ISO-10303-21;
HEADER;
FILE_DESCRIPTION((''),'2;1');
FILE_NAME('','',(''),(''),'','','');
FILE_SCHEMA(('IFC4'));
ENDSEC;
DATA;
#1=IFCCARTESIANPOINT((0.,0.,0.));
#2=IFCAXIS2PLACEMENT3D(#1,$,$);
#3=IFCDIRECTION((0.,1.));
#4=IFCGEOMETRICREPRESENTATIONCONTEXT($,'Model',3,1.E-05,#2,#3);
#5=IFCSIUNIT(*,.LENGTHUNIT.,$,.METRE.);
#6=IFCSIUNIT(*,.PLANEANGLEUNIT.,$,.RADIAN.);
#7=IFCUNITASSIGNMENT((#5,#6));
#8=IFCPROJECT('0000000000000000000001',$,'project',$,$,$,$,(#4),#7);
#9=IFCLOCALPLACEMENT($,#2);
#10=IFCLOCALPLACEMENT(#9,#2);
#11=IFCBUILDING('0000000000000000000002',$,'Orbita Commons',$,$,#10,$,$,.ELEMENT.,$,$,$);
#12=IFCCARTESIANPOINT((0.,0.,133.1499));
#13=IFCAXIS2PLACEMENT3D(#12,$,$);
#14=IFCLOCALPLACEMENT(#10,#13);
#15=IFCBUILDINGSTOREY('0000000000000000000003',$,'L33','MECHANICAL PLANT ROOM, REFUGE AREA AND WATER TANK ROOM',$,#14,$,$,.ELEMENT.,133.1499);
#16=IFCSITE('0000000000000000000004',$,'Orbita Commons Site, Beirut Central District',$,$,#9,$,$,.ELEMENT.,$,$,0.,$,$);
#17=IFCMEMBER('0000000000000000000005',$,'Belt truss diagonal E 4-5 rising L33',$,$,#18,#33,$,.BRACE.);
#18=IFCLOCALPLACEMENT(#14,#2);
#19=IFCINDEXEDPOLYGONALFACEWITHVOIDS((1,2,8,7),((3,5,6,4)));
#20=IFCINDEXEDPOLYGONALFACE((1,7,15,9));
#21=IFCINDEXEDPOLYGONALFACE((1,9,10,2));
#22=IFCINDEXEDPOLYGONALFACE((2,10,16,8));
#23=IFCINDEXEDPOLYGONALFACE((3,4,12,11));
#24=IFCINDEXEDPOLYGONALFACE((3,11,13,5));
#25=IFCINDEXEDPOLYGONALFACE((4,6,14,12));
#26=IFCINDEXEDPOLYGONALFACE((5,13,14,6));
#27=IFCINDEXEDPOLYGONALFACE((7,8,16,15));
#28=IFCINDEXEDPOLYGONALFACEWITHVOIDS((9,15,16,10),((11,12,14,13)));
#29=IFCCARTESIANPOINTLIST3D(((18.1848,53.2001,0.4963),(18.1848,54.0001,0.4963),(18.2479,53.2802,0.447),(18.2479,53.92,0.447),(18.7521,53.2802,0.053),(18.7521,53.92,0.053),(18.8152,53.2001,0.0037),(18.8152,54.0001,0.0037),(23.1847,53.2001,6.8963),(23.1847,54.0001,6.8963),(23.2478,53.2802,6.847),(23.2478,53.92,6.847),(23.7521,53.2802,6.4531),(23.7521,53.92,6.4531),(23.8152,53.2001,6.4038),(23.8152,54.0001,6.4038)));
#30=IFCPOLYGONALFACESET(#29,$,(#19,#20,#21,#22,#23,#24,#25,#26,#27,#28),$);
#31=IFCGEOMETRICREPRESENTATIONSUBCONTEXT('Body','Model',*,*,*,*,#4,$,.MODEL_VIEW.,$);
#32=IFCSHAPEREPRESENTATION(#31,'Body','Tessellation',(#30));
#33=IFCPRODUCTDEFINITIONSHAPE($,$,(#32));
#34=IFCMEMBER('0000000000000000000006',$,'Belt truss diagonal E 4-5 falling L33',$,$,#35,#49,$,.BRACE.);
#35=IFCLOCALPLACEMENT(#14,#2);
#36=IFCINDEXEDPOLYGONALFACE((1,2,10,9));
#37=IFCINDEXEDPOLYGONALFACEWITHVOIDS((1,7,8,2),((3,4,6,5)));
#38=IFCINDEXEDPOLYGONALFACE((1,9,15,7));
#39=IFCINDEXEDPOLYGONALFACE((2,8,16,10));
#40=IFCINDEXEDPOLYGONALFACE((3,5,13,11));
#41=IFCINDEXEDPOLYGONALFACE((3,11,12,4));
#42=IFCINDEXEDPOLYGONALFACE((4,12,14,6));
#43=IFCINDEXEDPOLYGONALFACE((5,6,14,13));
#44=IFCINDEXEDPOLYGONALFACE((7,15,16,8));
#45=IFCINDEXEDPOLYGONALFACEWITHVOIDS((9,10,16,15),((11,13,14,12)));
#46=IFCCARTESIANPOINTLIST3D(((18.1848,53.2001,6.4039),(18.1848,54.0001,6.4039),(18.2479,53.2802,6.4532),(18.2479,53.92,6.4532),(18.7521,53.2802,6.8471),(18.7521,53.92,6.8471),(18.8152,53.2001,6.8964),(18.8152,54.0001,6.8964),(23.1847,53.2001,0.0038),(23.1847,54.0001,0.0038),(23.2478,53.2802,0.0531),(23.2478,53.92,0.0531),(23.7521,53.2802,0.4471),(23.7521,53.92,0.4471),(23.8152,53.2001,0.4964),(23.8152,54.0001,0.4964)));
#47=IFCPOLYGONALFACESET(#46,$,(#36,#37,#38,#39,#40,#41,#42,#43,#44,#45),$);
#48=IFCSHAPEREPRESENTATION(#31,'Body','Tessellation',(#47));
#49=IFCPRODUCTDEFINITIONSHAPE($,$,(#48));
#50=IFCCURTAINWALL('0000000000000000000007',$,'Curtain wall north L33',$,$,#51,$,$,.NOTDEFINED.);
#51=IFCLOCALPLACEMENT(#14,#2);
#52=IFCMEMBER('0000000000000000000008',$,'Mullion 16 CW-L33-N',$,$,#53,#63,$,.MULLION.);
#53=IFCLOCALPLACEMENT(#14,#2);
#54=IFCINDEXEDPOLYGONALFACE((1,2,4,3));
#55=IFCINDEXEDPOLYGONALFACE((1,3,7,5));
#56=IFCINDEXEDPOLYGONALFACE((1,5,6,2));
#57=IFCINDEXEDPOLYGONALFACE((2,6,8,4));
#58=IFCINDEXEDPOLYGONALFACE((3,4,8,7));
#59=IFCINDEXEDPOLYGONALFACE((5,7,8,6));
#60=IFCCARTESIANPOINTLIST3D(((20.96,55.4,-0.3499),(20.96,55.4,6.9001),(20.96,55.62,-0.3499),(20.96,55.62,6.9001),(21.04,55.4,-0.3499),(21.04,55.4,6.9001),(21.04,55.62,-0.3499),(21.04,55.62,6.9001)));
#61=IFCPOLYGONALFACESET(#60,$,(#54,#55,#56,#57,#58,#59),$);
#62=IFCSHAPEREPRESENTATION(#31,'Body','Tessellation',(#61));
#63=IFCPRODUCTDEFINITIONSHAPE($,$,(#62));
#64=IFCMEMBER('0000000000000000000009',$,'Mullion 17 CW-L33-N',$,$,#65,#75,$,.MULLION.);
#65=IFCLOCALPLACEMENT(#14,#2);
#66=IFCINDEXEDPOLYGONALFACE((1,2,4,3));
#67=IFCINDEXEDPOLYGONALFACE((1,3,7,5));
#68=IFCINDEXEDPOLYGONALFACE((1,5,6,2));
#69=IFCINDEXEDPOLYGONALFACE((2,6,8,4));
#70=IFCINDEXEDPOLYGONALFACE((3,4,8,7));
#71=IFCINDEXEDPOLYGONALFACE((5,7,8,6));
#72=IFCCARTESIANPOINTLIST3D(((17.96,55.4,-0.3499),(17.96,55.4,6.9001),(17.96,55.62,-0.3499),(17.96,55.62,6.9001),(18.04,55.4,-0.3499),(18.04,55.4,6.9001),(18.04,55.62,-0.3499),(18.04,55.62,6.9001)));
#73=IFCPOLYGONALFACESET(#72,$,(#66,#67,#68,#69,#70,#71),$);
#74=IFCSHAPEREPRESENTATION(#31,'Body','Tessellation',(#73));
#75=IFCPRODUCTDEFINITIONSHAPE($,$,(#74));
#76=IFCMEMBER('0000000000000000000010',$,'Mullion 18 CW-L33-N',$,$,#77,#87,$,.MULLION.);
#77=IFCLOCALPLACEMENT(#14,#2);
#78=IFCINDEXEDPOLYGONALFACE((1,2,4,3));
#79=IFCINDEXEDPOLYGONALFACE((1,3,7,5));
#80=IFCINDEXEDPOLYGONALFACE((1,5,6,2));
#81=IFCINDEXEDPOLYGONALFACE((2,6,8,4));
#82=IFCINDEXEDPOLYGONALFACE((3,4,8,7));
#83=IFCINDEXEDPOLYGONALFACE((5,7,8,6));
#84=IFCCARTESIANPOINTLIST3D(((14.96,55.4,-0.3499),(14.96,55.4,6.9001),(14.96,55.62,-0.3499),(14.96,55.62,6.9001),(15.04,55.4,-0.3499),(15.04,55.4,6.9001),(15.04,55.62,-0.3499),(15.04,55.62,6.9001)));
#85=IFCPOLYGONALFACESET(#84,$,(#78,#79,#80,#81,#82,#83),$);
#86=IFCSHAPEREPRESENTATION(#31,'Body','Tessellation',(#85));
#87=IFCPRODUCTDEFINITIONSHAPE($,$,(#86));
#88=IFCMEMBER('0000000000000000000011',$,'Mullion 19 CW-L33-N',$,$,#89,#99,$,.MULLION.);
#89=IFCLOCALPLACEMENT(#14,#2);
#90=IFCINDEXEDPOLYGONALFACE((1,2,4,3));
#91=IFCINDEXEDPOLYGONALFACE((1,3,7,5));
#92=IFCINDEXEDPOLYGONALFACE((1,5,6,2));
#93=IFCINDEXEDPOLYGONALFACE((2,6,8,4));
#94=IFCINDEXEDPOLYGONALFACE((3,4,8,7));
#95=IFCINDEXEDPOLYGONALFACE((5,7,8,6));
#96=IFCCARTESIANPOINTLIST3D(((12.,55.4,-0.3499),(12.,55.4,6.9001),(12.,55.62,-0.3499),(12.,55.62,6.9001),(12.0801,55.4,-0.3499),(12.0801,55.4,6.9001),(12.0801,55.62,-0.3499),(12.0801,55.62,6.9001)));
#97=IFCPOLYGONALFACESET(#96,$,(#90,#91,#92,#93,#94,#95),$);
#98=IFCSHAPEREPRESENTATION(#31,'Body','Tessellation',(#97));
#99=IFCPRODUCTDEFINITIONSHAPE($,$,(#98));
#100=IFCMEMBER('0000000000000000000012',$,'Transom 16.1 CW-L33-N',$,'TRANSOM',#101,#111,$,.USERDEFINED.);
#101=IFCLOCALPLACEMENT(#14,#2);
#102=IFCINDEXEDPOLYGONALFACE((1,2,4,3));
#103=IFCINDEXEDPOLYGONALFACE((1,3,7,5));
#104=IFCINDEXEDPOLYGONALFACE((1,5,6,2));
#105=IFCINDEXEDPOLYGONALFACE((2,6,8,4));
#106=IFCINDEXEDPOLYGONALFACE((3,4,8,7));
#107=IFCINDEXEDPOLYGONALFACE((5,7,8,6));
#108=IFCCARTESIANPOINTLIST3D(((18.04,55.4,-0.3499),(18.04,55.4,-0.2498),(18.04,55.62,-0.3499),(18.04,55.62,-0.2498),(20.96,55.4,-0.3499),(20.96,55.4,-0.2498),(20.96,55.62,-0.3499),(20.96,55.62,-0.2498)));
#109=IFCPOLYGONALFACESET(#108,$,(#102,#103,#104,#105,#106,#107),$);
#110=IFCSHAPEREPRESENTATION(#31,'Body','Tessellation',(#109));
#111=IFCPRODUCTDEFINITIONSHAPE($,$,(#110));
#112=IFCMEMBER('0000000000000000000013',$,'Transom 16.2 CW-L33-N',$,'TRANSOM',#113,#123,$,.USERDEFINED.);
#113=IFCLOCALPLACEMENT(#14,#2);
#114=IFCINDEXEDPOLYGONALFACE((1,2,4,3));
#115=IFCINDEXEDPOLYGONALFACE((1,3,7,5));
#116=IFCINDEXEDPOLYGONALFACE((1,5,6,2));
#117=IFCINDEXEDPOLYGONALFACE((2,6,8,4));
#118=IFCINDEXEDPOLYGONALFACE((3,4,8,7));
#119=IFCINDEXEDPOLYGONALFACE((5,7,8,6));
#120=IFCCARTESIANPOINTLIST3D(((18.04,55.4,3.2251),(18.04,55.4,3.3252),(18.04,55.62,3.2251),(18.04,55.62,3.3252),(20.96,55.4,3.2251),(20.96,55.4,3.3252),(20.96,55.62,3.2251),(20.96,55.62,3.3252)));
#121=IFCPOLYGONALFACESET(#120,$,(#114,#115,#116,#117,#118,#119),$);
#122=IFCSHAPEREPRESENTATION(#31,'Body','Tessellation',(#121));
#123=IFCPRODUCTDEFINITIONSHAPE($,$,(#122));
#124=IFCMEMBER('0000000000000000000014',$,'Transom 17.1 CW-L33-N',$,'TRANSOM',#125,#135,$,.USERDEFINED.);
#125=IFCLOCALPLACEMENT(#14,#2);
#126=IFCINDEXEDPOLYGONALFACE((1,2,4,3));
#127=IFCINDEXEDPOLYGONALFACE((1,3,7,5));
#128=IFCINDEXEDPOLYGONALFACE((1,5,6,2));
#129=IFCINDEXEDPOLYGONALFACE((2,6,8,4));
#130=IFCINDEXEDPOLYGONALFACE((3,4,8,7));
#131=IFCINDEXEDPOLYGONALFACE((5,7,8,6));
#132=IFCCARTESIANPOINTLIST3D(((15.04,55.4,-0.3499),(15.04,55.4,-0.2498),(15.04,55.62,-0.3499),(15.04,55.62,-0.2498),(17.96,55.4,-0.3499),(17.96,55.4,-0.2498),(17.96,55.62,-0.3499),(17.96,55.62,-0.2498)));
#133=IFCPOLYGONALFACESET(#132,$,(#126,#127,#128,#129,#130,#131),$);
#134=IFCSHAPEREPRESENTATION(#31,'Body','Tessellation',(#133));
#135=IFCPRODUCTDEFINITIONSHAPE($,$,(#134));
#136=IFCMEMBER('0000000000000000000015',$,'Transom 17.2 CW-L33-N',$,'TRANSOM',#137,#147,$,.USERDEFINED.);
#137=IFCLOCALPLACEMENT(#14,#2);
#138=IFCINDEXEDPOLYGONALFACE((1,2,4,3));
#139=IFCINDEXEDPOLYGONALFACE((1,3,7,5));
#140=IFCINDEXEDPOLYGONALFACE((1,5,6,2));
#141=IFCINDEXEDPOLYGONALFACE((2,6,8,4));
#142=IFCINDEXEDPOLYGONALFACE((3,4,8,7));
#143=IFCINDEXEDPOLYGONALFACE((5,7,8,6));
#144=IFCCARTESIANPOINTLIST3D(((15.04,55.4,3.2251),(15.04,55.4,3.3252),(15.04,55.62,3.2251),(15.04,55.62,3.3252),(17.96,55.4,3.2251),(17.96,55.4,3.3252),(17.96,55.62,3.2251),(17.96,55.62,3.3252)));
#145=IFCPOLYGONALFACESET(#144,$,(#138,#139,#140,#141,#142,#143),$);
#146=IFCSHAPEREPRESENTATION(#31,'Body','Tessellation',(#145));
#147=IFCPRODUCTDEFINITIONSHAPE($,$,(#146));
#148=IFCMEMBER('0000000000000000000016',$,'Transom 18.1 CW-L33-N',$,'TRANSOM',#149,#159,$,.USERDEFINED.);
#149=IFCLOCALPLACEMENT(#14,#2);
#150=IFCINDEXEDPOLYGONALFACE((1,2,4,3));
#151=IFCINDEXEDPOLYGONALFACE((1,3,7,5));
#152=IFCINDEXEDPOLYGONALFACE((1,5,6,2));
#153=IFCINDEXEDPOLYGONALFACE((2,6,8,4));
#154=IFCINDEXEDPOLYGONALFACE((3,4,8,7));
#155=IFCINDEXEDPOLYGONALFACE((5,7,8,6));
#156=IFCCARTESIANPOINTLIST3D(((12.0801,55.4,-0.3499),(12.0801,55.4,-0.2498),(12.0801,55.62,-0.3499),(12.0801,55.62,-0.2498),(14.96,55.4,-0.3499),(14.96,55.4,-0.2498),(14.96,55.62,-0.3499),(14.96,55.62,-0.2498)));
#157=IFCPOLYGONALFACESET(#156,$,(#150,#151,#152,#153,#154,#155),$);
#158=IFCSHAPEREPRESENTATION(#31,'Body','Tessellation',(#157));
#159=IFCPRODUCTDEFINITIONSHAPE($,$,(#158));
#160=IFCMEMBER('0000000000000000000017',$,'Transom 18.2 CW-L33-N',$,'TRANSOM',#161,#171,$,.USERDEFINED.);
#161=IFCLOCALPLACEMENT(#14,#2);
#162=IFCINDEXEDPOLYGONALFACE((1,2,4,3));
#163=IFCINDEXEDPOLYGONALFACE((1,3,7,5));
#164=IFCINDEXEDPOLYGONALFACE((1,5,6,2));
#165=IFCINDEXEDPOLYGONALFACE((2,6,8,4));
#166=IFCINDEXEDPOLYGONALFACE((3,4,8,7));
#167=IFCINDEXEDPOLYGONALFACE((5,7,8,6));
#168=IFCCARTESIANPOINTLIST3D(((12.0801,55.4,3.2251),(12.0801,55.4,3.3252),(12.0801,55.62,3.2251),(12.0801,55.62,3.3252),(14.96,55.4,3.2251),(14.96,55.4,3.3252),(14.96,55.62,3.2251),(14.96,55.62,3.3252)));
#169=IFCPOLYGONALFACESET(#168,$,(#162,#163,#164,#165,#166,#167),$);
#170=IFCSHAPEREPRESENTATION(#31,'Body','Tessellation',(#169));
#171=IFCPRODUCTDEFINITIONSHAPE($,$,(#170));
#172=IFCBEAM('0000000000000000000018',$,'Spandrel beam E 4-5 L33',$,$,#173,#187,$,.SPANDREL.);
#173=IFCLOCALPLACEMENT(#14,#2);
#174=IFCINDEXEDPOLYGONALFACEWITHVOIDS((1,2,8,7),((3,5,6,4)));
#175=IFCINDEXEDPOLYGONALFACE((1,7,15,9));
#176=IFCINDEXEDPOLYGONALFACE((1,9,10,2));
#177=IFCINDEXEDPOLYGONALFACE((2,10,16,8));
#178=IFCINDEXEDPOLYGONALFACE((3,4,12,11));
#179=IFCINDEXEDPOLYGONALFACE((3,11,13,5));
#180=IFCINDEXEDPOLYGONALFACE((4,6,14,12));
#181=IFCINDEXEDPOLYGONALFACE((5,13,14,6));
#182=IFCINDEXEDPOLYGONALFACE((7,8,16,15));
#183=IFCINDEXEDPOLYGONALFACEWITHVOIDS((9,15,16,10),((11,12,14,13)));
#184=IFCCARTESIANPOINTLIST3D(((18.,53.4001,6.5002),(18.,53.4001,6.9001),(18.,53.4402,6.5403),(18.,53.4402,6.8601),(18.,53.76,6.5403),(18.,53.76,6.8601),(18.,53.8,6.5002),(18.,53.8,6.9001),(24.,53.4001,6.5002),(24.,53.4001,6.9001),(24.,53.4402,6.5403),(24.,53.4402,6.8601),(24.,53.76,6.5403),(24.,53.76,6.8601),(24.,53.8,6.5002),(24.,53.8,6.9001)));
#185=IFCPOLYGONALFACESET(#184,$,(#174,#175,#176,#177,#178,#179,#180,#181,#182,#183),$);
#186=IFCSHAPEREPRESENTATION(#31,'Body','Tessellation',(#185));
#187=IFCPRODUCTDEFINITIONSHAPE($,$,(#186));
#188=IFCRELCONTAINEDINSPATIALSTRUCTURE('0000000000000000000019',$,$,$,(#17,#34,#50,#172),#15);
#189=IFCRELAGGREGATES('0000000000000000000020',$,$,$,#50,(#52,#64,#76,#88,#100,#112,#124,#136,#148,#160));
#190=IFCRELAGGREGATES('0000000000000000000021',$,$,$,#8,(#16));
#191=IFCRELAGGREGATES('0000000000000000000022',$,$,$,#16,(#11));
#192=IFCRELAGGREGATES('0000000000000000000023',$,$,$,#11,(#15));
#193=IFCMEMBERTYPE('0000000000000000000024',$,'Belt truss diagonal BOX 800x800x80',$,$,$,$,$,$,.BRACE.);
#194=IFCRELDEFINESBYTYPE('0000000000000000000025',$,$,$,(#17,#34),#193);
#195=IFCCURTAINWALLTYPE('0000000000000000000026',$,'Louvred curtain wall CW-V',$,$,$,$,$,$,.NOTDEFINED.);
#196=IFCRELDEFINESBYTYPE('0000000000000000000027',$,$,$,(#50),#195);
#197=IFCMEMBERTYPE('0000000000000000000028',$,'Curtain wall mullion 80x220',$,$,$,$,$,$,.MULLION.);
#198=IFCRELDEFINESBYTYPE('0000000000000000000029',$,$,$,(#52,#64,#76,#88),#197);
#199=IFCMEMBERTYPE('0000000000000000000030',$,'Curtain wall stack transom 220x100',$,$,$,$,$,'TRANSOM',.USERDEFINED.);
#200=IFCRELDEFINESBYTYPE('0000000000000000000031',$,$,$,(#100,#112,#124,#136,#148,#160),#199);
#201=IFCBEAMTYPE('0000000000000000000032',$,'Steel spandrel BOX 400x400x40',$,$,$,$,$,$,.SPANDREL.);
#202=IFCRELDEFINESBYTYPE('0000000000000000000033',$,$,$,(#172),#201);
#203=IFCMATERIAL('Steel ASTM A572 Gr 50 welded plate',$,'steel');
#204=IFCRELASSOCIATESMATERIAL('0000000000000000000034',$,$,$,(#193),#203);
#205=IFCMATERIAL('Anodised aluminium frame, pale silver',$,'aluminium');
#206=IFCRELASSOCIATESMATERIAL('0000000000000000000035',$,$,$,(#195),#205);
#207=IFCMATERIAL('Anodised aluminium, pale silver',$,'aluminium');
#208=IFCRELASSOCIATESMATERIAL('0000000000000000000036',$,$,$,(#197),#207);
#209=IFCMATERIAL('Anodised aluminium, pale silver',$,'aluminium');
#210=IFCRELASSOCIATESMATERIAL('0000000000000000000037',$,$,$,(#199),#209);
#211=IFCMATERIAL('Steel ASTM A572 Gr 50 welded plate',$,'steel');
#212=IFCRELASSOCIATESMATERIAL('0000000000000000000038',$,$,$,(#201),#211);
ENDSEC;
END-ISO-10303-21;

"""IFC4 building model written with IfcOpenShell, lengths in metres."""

from ifc_helpers import new_model, si_unit, direction, frame, origin, origin_2d, place, context, subcontext, project, spatial, rectangle, hollow_rectangle, extrude, material, material_profile, profile_set, type_object, element, aggregate, save


model = new_model("IFC4")

# Units and contexts
model_context = context("Model", 3, precision=1e-05, world=origin(), true_north=direction((0.0, 1.0)))
body_context = subcontext(model_context, "Body", "Model", "MODEL_VIEW")
ifc_project = project(units=[si_unit("LENGTHUNIT", "METRE"), si_unit("PLANEANGLEUNIT", "RADIAN")], contexts=[model_context])

# Site, building, storey
site_placement = place(None, origin())
site = spatial("IfcSite", under=ifc_project, at=site_placement, Name="Orbita Commons Site, Beirut Central District", CompositionType="ELEMENT", RefElevation=0.0)
building_placement = place(site_placement, origin())
building = spatial("IfcBuilding", under=site, at=building_placement, Name="Orbita Commons", CompositionType="ELEMENT")
storey_placement = place(building_placement, frame((0.0, 0.0, 133.1499)))
storey = spatial("IfcBuildingStorey", under=building, at=storey_placement, Name="L33", Description="MECHANICAL PLANT ROOM, REFUGE AREA AND WATER TANK ROOM", CompositionType="ELEMENT", Elevation=133.1499)

# Members
ifc_material_1 = material(Name="Steel ASTM A572 Gr 50 welded plate", Category="steel")
ifc_material_profile_1 = material_profile(ifc_material_1, hollow_rectangle(XDim=0.8, YDim=0.8, WallThickness=0.0801, at=origin_2d()), Name="BOX 800x800x80")
ifc_profile_set_1 = profile_set([ifc_material_profile_1], Name="Steel ASTM A572 Gr 50 welded plate")
member_type_1 = type_object("IfcMemberType", Name="Belt truss diagonal BOX 800x800x80", PredefinedType="BRACE", material=ifc_profile_set_1)
for number, where, z_axis, x_axis, name in (
    (1, (18.5, 53.6001, 0.25), (0.615635, 0.0, 0.788031), (0.0, 1.0, 0.0), "Belt truss diagonal E 4-5 rising L33"),
    (2, (18.5, 53.6001, 6.6501), (0.615635, 0.0, -0.788031), (0.0, 1.0, 0.0), "Belt truss diagonal E 4-5 falling L33"),
):
    element("IfcMember", number, at=place(storey_placement, frame(where, z_axis=z_axis, x_axis=x_axis)), inside=storey, type_object=member_type_1, Name=name, PredefinedType="BRACE", context=body_context, shape_type="SweptSolid", body=[
        extrude(hollow_rectangle(XDim=0.8, YDim=0.8, WallThickness=0.0801, at=origin_2d()), origin(), (0.0, 0.0, 1.0), 8.1216),
    ])

# Curtain wall, members
ifc_material_2 = material(Name="Anodised aluminium frame, pale silver", Category="aluminium")
curtain_wall_type = type_object("IfcCurtainWallType", Name="Louvred curtain wall CW-V", PredefinedType="NOTDEFINED", material=ifc_material_2)
curtain_wall_placement = place(storey_placement, origin())
curtain_wall = element("IfcCurtainWall", 3, at=curtain_wall_placement, inside=storey, type_object=curtain_wall_type, Name="Curtain wall north L33", PredefinedType="NOTDEFINED")
ifc_material_3 = material(Name="Anodised aluminium, pale silver", Category="aluminium")
ifc_material_profile_2 = material_profile(ifc_material_3, rectangle(XDim=0.0801, YDim=0.22, at=origin_2d()), Name="AL 80x220")
ifc_profile_set_2 = profile_set([ifc_material_profile_2], Name="Anodised aluminium, pale silver")
member_type_2 = type_object("IfcMemberType", Name="Curtain wall mullion 80x220", PredefinedType="MULLION", material=ifc_profile_set_2)
member_1_placement = place(storey_placement, frame((21.0, 55.51, -0.3499), z_axis=(0.0, 0.0, 1.0), x_axis=(-1.0, 0.0, 0.0)))
member_1 = element("IfcMember", 4, at=member_1_placement, type_object=member_type_2, Name="Mullion 16 CW-L33-N", PredefinedType="MULLION", context=body_context, shape_type="SweptSolid", body=[
    extrude(rectangle(XDim=0.0801, YDim=0.22, at=origin_2d()), origin(), (0.0, 0.0, 1.0), 7.25),
])
member_2_placement = place(storey_placement, frame((18.0, 55.51, -0.3499), z_axis=(0.0, 0.0, 1.0), x_axis=(-1.0, 0.0, 0.0)))
member_2 = element("IfcMember", 5, at=member_2_placement, type_object=member_type_2, Name="Mullion 17 CW-L33-N", PredefinedType="MULLION", context=body_context, shape_type="SweptSolid", body=[
    extrude(rectangle(XDim=0.0801, YDim=0.22, at=origin_2d()), origin(), (0.0, 0.0, 1.0), 7.25),
])
member_3_placement = place(storey_placement, frame((15.0, 55.51, -0.3499), z_axis=(0.0, 0.0, 1.0), x_axis=(-1.0, 0.0, 0.0)))
member_3 = element("IfcMember", 6, at=member_3_placement, type_object=member_type_2, Name="Mullion 18 CW-L33-N", PredefinedType="MULLION", context=body_context, shape_type="SweptSolid", body=[
    extrude(rectangle(XDim=0.0801, YDim=0.22, at=origin_2d()), origin(), (0.0, 0.0, 1.0), 7.25),
])
member_4_placement = place(storey_placement, frame((12.04, 55.51, -0.3499), z_axis=(0.0, 0.0, 1.0), x_axis=(-1.0, 0.0, 0.0)))
member_4 = element("IfcMember", 7, at=member_4_placement, type_object=member_type_2, Name="Mullion 19 CW-L33-N", PredefinedType="MULLION", context=body_context, shape_type="SweptSolid", body=[
    extrude(rectangle(XDim=0.0801, YDim=0.22, at=origin_2d()), origin(), (0.0, 0.0, 1.0), 7.25),
])
ifc_material_4 = material(Name="Anodised aluminium, pale silver", Category="aluminium")
ifc_material_profile_3 = material_profile(ifc_material_4, rectangle(XDim=0.22, YDim=0.1001, at=origin_2d()), Name="AL 220x100")
ifc_profile_set_3 = profile_set([ifc_material_profile_3], Name="Anodised aluminium, pale silver")
member_type_3 = type_object("IfcMemberType", Name="Curtain wall stack transom 220x100", ElementType="TRANSOM", PredefinedType="USERDEFINED", material=ifc_profile_set_3)
member_5_placement = place(storey_placement, frame((20.96, 55.51, -0.2998), z_axis=(-1.0, 0.0, 0.0), x_axis=(0.0, -1.0, 0.0)))
member_5 = element("IfcMember", 8, at=member_5_placement, type_object=member_type_3, Name="Transom 16.1 CW-L33-N", ObjectType="TRANSOM", PredefinedType="USERDEFINED", context=body_context, shape_type="SweptSolid", body=[
    extrude(rectangle(XDim=0.22, YDim=0.1001, at=origin_2d()), origin(), (0.0, 0.0, 1.0), 2.9199),
])
member_6_placement = place(storey_placement, frame((20.96, 55.51, 3.2751), z_axis=(-1.0, 0.0, 0.0), x_axis=(0.0, -1.0, 0.0)))
member_6 = element("IfcMember", 9, at=member_6_placement, type_object=member_type_3, Name="Transom 16.2 CW-L33-N", ObjectType="TRANSOM", PredefinedType="USERDEFINED", context=body_context, shape_type="SweptSolid", body=[
    extrude(rectangle(XDim=0.22, YDim=0.1001, at=origin_2d()), origin(), (0.0, 0.0, 1.0), 2.9199),
])
member_7_placement = place(storey_placement, frame((17.96, 55.51, -0.2998), z_axis=(-1.0, 0.0, 0.0), x_axis=(0.0, -1.0, 0.0)))
member_7 = element("IfcMember", 10, at=member_7_placement, type_object=member_type_3, Name="Transom 17.1 CW-L33-N", ObjectType="TRANSOM", PredefinedType="USERDEFINED", context=body_context, shape_type="SweptSolid", body=[
    extrude(rectangle(XDim=0.22, YDim=0.1001, at=origin_2d()), origin(), (0.0, 0.0, 1.0), 2.9199),
])
member_8_placement = place(storey_placement, frame((17.96, 55.51, 3.2751), z_axis=(-1.0, 0.0, 0.0), x_axis=(0.0, -1.0, 0.0)))
member_8 = element("IfcMember", 11, at=member_8_placement, type_object=member_type_3, Name="Transom 17.2 CW-L33-N", ObjectType="TRANSOM", PredefinedType="USERDEFINED", context=body_context, shape_type="SweptSolid", body=[
    extrude(rectangle(XDim=0.22, YDim=0.1001, at=origin_2d()), origin(), (0.0, 0.0, 1.0), 2.9199),
])
member_9_placement = place(storey_placement, frame((14.96, 55.51, -0.2998), z_axis=(-1.0, 0.0, 0.0), x_axis=(0.0, -1.0, 0.0)))
member_9 = element("IfcMember", 12, at=member_9_placement, type_object=member_type_3, Name="Transom 18.1 CW-L33-N", ObjectType="TRANSOM", PredefinedType="USERDEFINED", context=body_context, shape_type="SweptSolid", body=[
    extrude(rectangle(XDim=0.22, YDim=0.1001, at=origin_2d()), origin(), (0.0, 0.0, 1.0), 2.8799),
])
member_10_placement = place(storey_placement, frame((14.96, 55.51, 3.2751), z_axis=(-1.0, 0.0, 0.0), x_axis=(0.0, -1.0, 0.0)))
member_10 = element("IfcMember", 13, at=member_10_placement, type_object=member_type_3, Name="Transom 18.2 CW-L33-N", ObjectType="TRANSOM", PredefinedType="USERDEFINED", context=body_context, shape_type="SweptSolid", body=[
    extrude(rectangle(XDim=0.22, YDim=0.1001, at=origin_2d()), origin(), (0.0, 0.0, 1.0), 2.8799),
])

# Beam
ifc_material_5 = material(Name="Steel ASTM A572 Gr 50 welded plate", Category="steel")
ifc_material_profile_4 = material_profile(ifc_material_5, hollow_rectangle(XDim=0.3999, YDim=0.3999, WallThickness=0.04, at=origin_2d()), Name="BOX 400x400x40")
ifc_profile_set_4 = profile_set([ifc_material_profile_4], Name="Steel ASTM A572 Gr 50 welded plate")
beam_type = type_object("IfcBeamType", Name="Steel spandrel BOX 400x400x40", PredefinedType="SPANDREL", material=ifc_profile_set_4)
beam_placement = place(storey_placement, frame((18.0, 53.6001, 6.7002), z_axis=(1.0, 0.0, 0.0), x_axis=(0.0, 1.0, 0.0)))
element("IfcBeam", 14, at=beam_placement, inside=storey, type_object=beam_type, Name="Spandrel beam E 4-5 L33", PredefinedType="SPANDREL", context=body_context, shape_type="SweptSolid", body=[
    extrude(hollow_rectangle(XDim=0.3999, YDim=0.3999, WallThickness=0.04, at=origin_2d()), origin(), (0.0, 0.0, 1.0), 6.0),
])

aggregate(curtain_wall, [member_1, member_2, member_3, member_4, member_5, member_6, member_7, member_8, member_9, member_10])

save(model, "model.ifc")
